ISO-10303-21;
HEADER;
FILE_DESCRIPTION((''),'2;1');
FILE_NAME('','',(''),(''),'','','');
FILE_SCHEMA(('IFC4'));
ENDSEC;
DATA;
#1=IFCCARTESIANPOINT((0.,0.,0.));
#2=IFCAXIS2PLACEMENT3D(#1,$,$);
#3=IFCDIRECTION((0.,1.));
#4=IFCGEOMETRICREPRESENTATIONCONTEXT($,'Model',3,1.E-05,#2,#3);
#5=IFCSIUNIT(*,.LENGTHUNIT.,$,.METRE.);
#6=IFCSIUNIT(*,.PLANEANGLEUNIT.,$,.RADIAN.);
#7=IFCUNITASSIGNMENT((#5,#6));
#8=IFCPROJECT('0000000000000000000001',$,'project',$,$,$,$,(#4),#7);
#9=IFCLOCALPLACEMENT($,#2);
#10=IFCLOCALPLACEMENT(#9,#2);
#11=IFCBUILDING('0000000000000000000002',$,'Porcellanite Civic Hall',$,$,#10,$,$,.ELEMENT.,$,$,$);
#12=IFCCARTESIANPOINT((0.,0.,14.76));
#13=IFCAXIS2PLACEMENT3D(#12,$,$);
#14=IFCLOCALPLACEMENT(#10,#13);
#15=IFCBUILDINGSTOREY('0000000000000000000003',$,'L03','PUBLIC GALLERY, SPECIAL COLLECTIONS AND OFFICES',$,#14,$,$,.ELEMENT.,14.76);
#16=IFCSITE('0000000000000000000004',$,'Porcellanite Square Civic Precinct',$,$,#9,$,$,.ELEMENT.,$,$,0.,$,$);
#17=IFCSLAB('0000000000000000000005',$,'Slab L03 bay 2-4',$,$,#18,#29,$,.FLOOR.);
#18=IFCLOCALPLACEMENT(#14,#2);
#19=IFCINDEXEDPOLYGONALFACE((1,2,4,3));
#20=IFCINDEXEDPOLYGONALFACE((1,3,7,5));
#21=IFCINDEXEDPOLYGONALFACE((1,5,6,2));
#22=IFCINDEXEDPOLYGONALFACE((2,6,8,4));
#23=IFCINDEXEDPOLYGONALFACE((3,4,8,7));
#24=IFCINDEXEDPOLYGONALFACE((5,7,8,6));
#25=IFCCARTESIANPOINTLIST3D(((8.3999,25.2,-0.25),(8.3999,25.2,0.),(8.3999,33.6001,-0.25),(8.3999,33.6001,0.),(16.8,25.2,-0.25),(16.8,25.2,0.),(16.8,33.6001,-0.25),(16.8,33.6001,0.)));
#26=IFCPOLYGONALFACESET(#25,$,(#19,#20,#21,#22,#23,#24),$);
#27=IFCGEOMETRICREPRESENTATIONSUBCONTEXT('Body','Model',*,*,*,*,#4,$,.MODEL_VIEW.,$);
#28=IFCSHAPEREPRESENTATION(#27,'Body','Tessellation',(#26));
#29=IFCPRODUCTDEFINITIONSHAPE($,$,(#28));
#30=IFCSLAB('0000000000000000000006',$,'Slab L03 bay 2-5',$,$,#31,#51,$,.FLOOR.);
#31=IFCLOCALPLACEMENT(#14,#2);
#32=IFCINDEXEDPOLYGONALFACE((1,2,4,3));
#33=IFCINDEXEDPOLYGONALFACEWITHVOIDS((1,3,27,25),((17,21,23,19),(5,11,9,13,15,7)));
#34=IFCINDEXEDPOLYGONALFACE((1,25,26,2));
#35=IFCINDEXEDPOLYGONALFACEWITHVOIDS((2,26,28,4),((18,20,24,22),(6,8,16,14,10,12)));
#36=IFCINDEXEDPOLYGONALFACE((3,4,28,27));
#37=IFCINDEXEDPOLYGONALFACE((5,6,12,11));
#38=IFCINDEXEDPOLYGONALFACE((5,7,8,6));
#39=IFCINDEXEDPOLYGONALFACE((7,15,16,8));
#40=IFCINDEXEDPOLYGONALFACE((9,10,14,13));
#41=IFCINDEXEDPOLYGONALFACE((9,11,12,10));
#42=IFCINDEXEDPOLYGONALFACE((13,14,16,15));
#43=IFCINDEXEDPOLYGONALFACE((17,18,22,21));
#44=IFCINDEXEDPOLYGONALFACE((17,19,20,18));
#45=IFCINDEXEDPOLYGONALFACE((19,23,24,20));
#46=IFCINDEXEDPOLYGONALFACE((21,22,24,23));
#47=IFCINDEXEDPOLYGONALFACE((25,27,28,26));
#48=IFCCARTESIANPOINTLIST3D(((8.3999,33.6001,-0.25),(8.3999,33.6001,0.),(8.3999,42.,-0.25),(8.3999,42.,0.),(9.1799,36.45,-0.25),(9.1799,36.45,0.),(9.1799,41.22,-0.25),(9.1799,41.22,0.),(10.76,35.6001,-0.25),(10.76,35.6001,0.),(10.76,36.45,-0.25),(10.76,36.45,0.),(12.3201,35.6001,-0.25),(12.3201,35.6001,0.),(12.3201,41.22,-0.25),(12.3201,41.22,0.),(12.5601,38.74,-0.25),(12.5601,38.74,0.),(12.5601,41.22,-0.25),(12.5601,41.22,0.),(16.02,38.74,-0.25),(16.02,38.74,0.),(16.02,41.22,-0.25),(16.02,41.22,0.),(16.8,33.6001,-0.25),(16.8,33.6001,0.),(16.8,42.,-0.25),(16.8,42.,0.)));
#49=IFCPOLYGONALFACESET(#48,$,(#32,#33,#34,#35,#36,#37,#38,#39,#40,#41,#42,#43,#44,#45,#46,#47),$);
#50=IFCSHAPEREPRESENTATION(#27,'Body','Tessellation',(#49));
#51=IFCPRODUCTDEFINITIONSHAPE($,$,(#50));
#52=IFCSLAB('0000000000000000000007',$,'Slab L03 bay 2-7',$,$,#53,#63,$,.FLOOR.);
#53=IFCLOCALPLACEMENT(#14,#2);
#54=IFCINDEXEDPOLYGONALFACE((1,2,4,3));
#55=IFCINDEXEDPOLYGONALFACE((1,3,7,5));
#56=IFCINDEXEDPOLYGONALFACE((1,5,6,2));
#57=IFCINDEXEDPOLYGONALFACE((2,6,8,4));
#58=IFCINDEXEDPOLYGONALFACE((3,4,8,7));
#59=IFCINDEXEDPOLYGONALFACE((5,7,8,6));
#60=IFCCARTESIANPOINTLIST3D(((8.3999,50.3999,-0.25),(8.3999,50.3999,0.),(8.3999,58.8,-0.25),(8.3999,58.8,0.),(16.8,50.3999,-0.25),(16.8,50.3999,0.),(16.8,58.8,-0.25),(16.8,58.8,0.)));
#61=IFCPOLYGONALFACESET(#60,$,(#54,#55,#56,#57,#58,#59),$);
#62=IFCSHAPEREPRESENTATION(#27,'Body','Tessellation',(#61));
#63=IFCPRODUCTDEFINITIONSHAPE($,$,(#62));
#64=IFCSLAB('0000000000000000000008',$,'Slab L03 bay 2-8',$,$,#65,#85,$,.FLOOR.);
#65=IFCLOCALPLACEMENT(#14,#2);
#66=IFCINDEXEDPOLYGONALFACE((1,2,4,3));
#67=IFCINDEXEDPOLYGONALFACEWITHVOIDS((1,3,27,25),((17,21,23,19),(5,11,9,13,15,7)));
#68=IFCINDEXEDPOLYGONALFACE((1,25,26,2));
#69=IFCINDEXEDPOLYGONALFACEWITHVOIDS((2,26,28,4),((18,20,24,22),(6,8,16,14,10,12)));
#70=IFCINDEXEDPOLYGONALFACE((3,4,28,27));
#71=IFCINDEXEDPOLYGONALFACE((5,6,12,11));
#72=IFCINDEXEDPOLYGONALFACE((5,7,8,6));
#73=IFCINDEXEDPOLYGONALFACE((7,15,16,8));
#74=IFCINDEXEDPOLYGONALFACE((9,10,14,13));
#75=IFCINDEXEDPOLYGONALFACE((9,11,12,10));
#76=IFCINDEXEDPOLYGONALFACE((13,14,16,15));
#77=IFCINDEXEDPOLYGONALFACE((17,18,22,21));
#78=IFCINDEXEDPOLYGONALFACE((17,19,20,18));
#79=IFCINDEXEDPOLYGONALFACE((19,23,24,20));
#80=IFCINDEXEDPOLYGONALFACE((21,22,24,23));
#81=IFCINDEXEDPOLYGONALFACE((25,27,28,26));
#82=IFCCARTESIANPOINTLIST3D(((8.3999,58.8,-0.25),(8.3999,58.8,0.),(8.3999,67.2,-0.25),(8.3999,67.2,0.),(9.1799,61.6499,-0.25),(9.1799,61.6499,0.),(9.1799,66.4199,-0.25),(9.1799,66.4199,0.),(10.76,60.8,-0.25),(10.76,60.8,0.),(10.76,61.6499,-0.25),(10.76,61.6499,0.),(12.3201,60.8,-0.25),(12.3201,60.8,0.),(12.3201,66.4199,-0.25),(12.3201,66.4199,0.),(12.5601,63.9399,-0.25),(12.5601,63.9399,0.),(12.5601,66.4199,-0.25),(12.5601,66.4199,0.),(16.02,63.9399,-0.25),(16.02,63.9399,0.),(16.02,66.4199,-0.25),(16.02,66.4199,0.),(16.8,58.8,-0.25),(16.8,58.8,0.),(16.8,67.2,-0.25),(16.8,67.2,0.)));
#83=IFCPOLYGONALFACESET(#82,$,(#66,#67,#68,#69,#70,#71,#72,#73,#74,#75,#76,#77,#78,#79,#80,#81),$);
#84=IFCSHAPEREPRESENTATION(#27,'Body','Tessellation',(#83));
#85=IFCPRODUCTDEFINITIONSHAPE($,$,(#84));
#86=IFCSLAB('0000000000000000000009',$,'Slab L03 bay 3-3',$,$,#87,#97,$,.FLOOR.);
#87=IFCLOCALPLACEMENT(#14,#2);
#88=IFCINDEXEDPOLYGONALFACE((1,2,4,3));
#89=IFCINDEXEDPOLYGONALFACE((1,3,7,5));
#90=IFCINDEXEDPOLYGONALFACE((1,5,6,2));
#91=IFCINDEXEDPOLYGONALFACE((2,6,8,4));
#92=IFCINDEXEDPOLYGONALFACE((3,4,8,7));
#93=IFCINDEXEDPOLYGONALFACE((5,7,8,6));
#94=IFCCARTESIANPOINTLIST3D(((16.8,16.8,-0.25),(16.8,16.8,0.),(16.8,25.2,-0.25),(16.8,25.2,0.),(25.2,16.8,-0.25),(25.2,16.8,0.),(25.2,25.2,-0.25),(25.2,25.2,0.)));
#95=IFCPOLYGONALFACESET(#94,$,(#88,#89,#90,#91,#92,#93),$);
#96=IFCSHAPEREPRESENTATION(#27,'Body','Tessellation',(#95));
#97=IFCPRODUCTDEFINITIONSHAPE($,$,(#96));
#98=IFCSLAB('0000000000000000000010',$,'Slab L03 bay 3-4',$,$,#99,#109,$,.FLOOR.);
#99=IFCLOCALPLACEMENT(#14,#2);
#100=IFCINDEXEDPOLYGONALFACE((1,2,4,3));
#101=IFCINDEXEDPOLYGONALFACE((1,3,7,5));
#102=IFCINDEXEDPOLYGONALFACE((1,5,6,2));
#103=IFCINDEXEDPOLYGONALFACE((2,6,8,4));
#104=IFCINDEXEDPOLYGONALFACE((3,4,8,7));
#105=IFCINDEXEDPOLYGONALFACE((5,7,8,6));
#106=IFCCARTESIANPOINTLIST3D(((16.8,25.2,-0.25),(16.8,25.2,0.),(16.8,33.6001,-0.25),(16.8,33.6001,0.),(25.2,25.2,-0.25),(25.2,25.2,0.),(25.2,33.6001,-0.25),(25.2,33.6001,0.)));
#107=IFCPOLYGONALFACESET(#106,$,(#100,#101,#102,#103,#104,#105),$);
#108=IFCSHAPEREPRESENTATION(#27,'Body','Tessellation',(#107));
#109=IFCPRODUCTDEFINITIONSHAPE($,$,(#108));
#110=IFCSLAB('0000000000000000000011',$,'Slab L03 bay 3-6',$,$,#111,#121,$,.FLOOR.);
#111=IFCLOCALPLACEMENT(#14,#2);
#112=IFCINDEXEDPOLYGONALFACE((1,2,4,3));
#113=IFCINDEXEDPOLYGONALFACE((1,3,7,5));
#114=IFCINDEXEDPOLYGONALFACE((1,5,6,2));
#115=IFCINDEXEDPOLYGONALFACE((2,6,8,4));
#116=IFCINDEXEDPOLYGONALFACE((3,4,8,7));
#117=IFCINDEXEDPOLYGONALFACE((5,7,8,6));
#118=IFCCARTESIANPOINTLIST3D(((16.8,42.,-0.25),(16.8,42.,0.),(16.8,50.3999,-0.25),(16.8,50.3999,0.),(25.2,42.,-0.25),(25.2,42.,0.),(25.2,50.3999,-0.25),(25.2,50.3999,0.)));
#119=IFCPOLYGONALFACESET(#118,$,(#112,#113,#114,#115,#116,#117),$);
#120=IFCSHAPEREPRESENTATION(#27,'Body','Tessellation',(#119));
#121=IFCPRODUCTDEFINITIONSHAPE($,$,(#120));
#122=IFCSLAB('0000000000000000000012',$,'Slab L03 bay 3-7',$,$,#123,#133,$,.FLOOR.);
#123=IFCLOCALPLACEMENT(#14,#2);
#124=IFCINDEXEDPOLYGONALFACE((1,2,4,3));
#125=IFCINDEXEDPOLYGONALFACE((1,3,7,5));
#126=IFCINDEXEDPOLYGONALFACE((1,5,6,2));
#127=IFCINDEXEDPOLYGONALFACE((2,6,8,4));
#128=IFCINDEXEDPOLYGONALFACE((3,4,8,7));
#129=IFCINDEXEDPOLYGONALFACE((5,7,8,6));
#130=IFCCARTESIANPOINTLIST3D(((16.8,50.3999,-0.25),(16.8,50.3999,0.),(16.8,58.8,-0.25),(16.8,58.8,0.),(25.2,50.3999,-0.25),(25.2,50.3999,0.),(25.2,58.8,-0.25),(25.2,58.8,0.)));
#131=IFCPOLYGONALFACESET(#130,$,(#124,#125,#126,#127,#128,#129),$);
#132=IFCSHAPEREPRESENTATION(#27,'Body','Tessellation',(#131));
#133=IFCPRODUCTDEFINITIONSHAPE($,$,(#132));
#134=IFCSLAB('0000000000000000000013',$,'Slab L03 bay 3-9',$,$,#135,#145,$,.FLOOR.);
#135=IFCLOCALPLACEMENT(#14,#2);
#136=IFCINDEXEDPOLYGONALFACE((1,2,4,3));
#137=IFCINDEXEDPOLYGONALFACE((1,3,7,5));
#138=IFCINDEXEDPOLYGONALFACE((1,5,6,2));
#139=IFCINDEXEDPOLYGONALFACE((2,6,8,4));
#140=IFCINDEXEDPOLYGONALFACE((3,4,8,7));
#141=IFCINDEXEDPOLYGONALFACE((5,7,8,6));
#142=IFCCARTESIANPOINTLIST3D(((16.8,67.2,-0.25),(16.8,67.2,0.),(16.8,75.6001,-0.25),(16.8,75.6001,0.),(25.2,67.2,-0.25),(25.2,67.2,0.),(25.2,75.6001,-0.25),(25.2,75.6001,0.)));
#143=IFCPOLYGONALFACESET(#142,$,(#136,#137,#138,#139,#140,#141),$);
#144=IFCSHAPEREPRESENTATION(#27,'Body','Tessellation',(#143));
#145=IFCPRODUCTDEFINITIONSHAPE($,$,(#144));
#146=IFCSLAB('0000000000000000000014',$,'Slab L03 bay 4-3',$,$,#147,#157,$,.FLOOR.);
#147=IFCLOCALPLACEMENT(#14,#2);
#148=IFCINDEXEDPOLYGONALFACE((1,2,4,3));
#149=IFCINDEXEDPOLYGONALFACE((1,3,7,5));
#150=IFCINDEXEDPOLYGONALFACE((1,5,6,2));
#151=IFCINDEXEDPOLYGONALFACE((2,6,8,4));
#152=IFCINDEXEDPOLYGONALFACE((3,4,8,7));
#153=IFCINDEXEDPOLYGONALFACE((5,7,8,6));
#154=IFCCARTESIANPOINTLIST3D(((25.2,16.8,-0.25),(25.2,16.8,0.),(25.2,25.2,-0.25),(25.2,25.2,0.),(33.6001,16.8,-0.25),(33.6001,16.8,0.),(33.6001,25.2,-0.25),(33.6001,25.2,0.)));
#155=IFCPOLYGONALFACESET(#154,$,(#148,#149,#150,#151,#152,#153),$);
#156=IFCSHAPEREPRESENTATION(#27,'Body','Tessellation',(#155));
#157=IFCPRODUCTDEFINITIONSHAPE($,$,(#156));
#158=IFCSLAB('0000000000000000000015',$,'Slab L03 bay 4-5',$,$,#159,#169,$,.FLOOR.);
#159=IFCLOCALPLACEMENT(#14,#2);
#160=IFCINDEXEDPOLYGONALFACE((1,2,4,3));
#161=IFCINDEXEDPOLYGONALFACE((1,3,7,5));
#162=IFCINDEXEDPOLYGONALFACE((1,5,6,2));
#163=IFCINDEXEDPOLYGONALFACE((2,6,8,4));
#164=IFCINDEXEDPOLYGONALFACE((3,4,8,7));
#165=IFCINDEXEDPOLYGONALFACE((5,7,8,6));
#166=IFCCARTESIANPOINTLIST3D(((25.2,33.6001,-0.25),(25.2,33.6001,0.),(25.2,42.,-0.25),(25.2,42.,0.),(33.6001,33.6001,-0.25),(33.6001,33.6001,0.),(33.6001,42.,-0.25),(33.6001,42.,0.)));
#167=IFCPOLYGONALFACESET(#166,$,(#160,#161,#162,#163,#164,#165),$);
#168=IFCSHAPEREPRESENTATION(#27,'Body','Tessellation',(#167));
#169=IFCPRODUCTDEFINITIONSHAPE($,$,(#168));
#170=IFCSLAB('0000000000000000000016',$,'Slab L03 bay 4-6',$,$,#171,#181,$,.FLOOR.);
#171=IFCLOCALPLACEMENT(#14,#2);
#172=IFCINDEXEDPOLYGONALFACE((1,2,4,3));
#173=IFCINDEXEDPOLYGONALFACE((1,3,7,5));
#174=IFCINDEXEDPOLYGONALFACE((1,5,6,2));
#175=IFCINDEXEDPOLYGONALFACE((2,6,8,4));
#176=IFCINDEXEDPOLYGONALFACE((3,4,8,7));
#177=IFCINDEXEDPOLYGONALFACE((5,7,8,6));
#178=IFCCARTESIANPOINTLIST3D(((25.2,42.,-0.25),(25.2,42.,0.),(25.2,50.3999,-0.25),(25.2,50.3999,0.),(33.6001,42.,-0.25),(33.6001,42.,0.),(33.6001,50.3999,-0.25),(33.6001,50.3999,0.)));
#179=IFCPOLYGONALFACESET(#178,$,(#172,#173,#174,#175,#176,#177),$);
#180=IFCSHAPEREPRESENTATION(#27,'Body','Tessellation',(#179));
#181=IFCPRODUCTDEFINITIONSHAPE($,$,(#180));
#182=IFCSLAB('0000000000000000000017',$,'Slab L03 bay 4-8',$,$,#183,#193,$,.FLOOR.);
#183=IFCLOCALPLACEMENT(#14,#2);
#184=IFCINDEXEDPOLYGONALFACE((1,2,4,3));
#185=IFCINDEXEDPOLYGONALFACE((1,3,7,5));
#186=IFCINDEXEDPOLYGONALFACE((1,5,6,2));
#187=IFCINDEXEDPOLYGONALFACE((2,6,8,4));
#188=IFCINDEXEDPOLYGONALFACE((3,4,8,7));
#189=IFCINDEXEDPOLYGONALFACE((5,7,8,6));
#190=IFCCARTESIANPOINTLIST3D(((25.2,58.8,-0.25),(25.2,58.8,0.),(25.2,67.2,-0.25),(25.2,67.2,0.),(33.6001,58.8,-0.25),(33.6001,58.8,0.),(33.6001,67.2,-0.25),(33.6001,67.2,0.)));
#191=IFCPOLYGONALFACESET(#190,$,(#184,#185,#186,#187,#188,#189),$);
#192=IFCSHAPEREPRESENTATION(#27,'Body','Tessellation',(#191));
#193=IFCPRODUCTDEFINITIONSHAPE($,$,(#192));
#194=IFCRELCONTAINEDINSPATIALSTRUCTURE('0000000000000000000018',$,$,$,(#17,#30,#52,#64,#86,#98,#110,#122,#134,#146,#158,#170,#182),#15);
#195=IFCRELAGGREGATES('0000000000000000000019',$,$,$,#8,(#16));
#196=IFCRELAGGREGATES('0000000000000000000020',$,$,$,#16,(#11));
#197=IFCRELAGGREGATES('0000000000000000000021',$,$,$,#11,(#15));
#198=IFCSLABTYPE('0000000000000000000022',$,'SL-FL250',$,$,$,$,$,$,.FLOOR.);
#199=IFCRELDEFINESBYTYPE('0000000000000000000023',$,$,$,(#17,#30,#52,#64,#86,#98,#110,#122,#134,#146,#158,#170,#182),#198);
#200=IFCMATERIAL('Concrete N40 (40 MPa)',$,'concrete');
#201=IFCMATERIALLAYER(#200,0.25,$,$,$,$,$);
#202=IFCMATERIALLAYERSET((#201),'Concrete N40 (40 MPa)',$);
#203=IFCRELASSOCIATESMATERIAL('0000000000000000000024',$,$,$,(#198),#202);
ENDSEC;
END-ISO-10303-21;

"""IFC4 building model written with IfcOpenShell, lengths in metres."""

from ifc_helpers import new_model, si_unit, direction, frame, origin, place, context, subcontext, project, spatial, polyline, outline, extrude, material, layer, layer_set, type_object, element, save


model = new_model("IFC4")

# Units and contexts
model_context = context("Model", 3, precision=1e-05, world=origin(), true_north=direction((0.0, 1.0)))
body_context = subcontext(model_context, "Body", "Model", "MODEL_VIEW")
ifc_project = project(units=[si_unit("LENGTHUNIT", "METRE"), si_unit("PLANEANGLEUNIT", "RADIAN")], contexts=[model_context])

# Site, building, storey
site_placement = place(None, origin())
site = spatial("IfcSite", under=ifc_project, at=site_placement, Name="Porcellanite Square Civic Precinct", CompositionType="ELEMENT", RefElevation=0.0)
building_placement = place(site_placement, origin())
building = spatial("IfcBuilding", under=site, at=building_placement, Name="Porcellanite Civic Hall", CompositionType="ELEMENT")
storey_placement = place(building_placement, frame((0.0, 0.0, 14.76)))
storey = spatial("IfcBuildingStorey", under=building, at=storey_placement, Name="L03", Description="PUBLIC GALLERY, SPECIAL COLLECTIONS AND OFFICES", CompositionType="ELEMENT", Elevation=14.76)

# Slabs
ifc_material_1 = material(Name="Concrete N40 (40 MPa)", Category="concrete")
ifc_layer_1 = layer(ifc_material_1, 0.25)
ifc_layer_set_1 = layer_set([ifc_layer_1], Name="Concrete N40 (40 MPa)")
slab_type_1 = type_object("IfcSlabType", Name="SL-FL250", PredefinedType="FLOOR", material=ifc_layer_set_1)
slab_1_placement = place(storey_placement, frame((0.0, 0.0, -0.25)))
element("IfcSlab", 1, at=slab_1_placement, inside=storey, type_object=slab_type_1, Name="Slab L03 bay 2-4", PredefinedType="FLOOR", context=body_context, shape_type="SweptSolid", body=[
    extrude(outline(polyline([(8.3999, 25.2), (16.8, 25.2), (16.8, 33.6001), (8.3999, 33.6001), (8.3999, 25.2)])), origin(), (0.0, 0.0, 1.0), 0.25),
])
slab_2_placement = place(storey_placement, frame((0.0, 0.0, -0.25)))
element("IfcSlab", 2, at=slab_2_placement, inside=storey, type_object=slab_type_1, Name="Slab L03 bay 2-5", PredefinedType="FLOOR", context=body_context, shape_type="SweptSolid", body=[
    extrude(outline(polyline([(8.3999, 33.6001), (16.8, 33.6001), (16.8, 42.0), (8.3999, 42.0), (8.3999, 33.6001)]), holes=[polyline([(9.1799, 36.45), (10.76, 36.45), (10.76, 35.6001), (12.3201, 35.6001), (12.3201, 41.22), (9.1799, 41.22), (9.1799, 36.45)]), polyline([(12.5601, 38.74), (16.02, 38.74), (16.02, 41.22), (12.5601, 41.22), (12.5601, 38.74)])]), origin(), (0.0, 0.0, 1.0), 0.25),
])
slab_3_placement = place(storey_placement, frame((0.0, 0.0, -0.25)))
element("IfcSlab", 3, at=slab_3_placement, inside=storey, type_object=slab_type_1, Name="Slab L03 bay 2-7", PredefinedType="FLOOR", context=body_context, shape_type="SweptSolid", body=[
    extrude(outline(polyline([(8.3999, 50.3999), (16.8, 50.3999), (16.8, 58.8), (8.3999, 58.8), (8.3999, 50.3999)])), origin(), (0.0, 0.0, 1.0), 0.25),
])
slab_4_placement = place(storey_placement, frame((0.0, 0.0, -0.25)))
element("IfcSlab", 4, at=slab_4_placement, inside=storey, type_object=slab_type_1, Name="Slab L03 bay 2-8", PredefinedType="FLOOR", context=body_context, shape_type="SweptSolid", body=[
    extrude(outline(polyline([(8.3999, 58.8), (16.8, 58.8), (16.8, 67.2), (8.3999, 67.2), (8.3999, 58.8)]), holes=[polyline([(9.1799, 61.6499), (10.76, 61.6499), (10.76, 60.8), (12.3201, 60.8), (12.3201, 66.4199), (9.1799, 66.4199), (9.1799, 61.6499)]), polyline([(12.5601, 63.9399), (16.02, 63.9399), (16.02, 66.4199), (12.5601, 66.4199), (12.5601, 63.9399)])]), origin(), (0.0, 0.0, 1.0), 0.25),
])
slab_5_placement = place(storey_placement, frame((0.0, 0.0, -0.25)))
element("IfcSlab", 5, at=slab_5_placement, inside=storey, type_object=slab_type_1, Name="Slab L03 bay 3-3", PredefinedType="FLOOR", context=body_context, shape_type="SweptSolid", body=[
    extrude(outline(polyline([(16.8, 16.8), (25.2, 16.8), (25.2, 25.2), (16.8, 25.2), (16.8, 16.8)])), origin(), (0.0, 0.0, 1.0), 0.25),
])
slab_6_placement = place(storey_placement, frame((0.0, 0.0, -0.25)))
element("IfcSlab", 6, at=slab_6_placement, inside=storey, type_object=slab_type_1, Name="Slab L03 bay 3-4", PredefinedType="FLOOR", context=body_context, shape_type="SweptSolid", body=[
    extrude(outline(polyline([(16.8, 25.2), (25.2, 25.2), (25.2, 33.6001), (16.8, 33.6001), (16.8, 25.2)])), origin(), (0.0, 0.0, 1.0), 0.25),
])
slab_7_placement = place(storey_placement, frame((0.0, 0.0, -0.25)))
element("IfcSlab", 7, at=slab_7_placement, inside=storey, type_object=slab_type_1, Name="Slab L03 bay 3-6", PredefinedType="FLOOR", context=body_context, shape_type="SweptSolid", body=[
    extrude(outline(polyline([(16.8, 42.0), (25.2, 42.0), (25.2, 50.3999), (16.8, 50.3999), (16.8, 42.0)])), origin(), (0.0, 0.0, 1.0), 0.25),
])
slab_8_placement = place(storey_placement, frame((0.0, 0.0, -0.25)))
element("IfcSlab", 8, at=slab_8_placement, inside=storey, type_object=slab_type_1, Name="Slab L03 bay 3-7", PredefinedType="FLOOR", context=body_context, shape_type="SweptSolid", body=[
    extrude(outline(polyline([(16.8, 50.3999), (25.2, 50.3999), (25.2, 58.8), (16.8, 58.8), (16.8, 50.3999)])), origin(), (0.0, 0.0, 1.0), 0.25),
])
slab_9_placement = place(storey_placement, frame((0.0, 0.0, -0.25)))
element("IfcSlab", 9, at=slab_9_placement, inside=storey, type_object=slab_type_1, Name="Slab L03 bay 3-9", PredefinedType="FLOOR", context=body_context, shape_type="SweptSolid", body=[
    extrude(outline(polyline([(16.8, 67.2), (25.2, 67.2), (25.2, 75.6001), (16.8, 75.6001), (16.8, 67.2)])), origin(), (0.0, 0.0, 1.0), 0.25),
])
slab_10_placement = place(storey_placement, frame((0.0, 0.0, -0.25)))
element("IfcSlab", 10, at=slab_10_placement, inside=storey, type_object=slab_type_1, Name="Slab L03 bay 4-3", PredefinedType="FLOOR", context=body_context, shape_type="SweptSolid", body=[
    extrude(outline(polyline([(25.2, 16.8), (33.6001, 16.8), (33.6001, 25.2), (25.2, 25.2), (25.2, 16.8)])), origin(), (0.0, 0.0, 1.0), 0.25),
])
slab_11_placement = place(storey_placement, frame((0.0, 0.0, -0.25)))
element("IfcSlab", 11, at=slab_11_placement, inside=storey, type_object=slab_type_1, Name="Slab L03 bay 4-5", PredefinedType="FLOOR", context=body_context, shape_type="SweptSolid", body=[
    extrude(outline(polyline([(25.2, 33.6001), (33.6001, 33.6001), (33.6001, 42.0), (25.2, 42.0), (25.2, 33.6001)])), origin(), (0.0, 0.0, 1.0), 0.25),
])
slab_12_placement = place(storey_placement, frame((0.0, 0.0, -0.25)))
element("IfcSlab", 12, at=slab_12_placement, inside=storey, type_object=slab_type_1, Name="Slab L03 bay 4-6", PredefinedType="FLOOR", context=body_context, shape_type="SweptSolid", body=[
    extrude(outline(polyline([(25.2, 42.0), (33.6001, 42.0), (33.6001, 50.3999), (25.2, 50.3999), (25.2, 42.0)])), origin(), (0.0, 0.0, 1.0), 0.25),
])
slab_13_placement = place(storey_placement, frame((0.0, 0.0, -0.25)))
element("IfcSlab", 13, at=slab_13_placement, inside=storey, type_object=slab_type_1, Name="Slab L03 bay 4-8", PredefinedType="FLOOR", context=body_context, shape_type="SweptSolid", body=[
    extrude(outline(polyline([(25.2, 58.8), (33.6001, 58.8), (33.6001, 67.2), (25.2, 67.2), (25.2, 58.8)])), origin(), (0.0, 0.0, 1.0), 0.25),
])

save(model, "model.ifc")
